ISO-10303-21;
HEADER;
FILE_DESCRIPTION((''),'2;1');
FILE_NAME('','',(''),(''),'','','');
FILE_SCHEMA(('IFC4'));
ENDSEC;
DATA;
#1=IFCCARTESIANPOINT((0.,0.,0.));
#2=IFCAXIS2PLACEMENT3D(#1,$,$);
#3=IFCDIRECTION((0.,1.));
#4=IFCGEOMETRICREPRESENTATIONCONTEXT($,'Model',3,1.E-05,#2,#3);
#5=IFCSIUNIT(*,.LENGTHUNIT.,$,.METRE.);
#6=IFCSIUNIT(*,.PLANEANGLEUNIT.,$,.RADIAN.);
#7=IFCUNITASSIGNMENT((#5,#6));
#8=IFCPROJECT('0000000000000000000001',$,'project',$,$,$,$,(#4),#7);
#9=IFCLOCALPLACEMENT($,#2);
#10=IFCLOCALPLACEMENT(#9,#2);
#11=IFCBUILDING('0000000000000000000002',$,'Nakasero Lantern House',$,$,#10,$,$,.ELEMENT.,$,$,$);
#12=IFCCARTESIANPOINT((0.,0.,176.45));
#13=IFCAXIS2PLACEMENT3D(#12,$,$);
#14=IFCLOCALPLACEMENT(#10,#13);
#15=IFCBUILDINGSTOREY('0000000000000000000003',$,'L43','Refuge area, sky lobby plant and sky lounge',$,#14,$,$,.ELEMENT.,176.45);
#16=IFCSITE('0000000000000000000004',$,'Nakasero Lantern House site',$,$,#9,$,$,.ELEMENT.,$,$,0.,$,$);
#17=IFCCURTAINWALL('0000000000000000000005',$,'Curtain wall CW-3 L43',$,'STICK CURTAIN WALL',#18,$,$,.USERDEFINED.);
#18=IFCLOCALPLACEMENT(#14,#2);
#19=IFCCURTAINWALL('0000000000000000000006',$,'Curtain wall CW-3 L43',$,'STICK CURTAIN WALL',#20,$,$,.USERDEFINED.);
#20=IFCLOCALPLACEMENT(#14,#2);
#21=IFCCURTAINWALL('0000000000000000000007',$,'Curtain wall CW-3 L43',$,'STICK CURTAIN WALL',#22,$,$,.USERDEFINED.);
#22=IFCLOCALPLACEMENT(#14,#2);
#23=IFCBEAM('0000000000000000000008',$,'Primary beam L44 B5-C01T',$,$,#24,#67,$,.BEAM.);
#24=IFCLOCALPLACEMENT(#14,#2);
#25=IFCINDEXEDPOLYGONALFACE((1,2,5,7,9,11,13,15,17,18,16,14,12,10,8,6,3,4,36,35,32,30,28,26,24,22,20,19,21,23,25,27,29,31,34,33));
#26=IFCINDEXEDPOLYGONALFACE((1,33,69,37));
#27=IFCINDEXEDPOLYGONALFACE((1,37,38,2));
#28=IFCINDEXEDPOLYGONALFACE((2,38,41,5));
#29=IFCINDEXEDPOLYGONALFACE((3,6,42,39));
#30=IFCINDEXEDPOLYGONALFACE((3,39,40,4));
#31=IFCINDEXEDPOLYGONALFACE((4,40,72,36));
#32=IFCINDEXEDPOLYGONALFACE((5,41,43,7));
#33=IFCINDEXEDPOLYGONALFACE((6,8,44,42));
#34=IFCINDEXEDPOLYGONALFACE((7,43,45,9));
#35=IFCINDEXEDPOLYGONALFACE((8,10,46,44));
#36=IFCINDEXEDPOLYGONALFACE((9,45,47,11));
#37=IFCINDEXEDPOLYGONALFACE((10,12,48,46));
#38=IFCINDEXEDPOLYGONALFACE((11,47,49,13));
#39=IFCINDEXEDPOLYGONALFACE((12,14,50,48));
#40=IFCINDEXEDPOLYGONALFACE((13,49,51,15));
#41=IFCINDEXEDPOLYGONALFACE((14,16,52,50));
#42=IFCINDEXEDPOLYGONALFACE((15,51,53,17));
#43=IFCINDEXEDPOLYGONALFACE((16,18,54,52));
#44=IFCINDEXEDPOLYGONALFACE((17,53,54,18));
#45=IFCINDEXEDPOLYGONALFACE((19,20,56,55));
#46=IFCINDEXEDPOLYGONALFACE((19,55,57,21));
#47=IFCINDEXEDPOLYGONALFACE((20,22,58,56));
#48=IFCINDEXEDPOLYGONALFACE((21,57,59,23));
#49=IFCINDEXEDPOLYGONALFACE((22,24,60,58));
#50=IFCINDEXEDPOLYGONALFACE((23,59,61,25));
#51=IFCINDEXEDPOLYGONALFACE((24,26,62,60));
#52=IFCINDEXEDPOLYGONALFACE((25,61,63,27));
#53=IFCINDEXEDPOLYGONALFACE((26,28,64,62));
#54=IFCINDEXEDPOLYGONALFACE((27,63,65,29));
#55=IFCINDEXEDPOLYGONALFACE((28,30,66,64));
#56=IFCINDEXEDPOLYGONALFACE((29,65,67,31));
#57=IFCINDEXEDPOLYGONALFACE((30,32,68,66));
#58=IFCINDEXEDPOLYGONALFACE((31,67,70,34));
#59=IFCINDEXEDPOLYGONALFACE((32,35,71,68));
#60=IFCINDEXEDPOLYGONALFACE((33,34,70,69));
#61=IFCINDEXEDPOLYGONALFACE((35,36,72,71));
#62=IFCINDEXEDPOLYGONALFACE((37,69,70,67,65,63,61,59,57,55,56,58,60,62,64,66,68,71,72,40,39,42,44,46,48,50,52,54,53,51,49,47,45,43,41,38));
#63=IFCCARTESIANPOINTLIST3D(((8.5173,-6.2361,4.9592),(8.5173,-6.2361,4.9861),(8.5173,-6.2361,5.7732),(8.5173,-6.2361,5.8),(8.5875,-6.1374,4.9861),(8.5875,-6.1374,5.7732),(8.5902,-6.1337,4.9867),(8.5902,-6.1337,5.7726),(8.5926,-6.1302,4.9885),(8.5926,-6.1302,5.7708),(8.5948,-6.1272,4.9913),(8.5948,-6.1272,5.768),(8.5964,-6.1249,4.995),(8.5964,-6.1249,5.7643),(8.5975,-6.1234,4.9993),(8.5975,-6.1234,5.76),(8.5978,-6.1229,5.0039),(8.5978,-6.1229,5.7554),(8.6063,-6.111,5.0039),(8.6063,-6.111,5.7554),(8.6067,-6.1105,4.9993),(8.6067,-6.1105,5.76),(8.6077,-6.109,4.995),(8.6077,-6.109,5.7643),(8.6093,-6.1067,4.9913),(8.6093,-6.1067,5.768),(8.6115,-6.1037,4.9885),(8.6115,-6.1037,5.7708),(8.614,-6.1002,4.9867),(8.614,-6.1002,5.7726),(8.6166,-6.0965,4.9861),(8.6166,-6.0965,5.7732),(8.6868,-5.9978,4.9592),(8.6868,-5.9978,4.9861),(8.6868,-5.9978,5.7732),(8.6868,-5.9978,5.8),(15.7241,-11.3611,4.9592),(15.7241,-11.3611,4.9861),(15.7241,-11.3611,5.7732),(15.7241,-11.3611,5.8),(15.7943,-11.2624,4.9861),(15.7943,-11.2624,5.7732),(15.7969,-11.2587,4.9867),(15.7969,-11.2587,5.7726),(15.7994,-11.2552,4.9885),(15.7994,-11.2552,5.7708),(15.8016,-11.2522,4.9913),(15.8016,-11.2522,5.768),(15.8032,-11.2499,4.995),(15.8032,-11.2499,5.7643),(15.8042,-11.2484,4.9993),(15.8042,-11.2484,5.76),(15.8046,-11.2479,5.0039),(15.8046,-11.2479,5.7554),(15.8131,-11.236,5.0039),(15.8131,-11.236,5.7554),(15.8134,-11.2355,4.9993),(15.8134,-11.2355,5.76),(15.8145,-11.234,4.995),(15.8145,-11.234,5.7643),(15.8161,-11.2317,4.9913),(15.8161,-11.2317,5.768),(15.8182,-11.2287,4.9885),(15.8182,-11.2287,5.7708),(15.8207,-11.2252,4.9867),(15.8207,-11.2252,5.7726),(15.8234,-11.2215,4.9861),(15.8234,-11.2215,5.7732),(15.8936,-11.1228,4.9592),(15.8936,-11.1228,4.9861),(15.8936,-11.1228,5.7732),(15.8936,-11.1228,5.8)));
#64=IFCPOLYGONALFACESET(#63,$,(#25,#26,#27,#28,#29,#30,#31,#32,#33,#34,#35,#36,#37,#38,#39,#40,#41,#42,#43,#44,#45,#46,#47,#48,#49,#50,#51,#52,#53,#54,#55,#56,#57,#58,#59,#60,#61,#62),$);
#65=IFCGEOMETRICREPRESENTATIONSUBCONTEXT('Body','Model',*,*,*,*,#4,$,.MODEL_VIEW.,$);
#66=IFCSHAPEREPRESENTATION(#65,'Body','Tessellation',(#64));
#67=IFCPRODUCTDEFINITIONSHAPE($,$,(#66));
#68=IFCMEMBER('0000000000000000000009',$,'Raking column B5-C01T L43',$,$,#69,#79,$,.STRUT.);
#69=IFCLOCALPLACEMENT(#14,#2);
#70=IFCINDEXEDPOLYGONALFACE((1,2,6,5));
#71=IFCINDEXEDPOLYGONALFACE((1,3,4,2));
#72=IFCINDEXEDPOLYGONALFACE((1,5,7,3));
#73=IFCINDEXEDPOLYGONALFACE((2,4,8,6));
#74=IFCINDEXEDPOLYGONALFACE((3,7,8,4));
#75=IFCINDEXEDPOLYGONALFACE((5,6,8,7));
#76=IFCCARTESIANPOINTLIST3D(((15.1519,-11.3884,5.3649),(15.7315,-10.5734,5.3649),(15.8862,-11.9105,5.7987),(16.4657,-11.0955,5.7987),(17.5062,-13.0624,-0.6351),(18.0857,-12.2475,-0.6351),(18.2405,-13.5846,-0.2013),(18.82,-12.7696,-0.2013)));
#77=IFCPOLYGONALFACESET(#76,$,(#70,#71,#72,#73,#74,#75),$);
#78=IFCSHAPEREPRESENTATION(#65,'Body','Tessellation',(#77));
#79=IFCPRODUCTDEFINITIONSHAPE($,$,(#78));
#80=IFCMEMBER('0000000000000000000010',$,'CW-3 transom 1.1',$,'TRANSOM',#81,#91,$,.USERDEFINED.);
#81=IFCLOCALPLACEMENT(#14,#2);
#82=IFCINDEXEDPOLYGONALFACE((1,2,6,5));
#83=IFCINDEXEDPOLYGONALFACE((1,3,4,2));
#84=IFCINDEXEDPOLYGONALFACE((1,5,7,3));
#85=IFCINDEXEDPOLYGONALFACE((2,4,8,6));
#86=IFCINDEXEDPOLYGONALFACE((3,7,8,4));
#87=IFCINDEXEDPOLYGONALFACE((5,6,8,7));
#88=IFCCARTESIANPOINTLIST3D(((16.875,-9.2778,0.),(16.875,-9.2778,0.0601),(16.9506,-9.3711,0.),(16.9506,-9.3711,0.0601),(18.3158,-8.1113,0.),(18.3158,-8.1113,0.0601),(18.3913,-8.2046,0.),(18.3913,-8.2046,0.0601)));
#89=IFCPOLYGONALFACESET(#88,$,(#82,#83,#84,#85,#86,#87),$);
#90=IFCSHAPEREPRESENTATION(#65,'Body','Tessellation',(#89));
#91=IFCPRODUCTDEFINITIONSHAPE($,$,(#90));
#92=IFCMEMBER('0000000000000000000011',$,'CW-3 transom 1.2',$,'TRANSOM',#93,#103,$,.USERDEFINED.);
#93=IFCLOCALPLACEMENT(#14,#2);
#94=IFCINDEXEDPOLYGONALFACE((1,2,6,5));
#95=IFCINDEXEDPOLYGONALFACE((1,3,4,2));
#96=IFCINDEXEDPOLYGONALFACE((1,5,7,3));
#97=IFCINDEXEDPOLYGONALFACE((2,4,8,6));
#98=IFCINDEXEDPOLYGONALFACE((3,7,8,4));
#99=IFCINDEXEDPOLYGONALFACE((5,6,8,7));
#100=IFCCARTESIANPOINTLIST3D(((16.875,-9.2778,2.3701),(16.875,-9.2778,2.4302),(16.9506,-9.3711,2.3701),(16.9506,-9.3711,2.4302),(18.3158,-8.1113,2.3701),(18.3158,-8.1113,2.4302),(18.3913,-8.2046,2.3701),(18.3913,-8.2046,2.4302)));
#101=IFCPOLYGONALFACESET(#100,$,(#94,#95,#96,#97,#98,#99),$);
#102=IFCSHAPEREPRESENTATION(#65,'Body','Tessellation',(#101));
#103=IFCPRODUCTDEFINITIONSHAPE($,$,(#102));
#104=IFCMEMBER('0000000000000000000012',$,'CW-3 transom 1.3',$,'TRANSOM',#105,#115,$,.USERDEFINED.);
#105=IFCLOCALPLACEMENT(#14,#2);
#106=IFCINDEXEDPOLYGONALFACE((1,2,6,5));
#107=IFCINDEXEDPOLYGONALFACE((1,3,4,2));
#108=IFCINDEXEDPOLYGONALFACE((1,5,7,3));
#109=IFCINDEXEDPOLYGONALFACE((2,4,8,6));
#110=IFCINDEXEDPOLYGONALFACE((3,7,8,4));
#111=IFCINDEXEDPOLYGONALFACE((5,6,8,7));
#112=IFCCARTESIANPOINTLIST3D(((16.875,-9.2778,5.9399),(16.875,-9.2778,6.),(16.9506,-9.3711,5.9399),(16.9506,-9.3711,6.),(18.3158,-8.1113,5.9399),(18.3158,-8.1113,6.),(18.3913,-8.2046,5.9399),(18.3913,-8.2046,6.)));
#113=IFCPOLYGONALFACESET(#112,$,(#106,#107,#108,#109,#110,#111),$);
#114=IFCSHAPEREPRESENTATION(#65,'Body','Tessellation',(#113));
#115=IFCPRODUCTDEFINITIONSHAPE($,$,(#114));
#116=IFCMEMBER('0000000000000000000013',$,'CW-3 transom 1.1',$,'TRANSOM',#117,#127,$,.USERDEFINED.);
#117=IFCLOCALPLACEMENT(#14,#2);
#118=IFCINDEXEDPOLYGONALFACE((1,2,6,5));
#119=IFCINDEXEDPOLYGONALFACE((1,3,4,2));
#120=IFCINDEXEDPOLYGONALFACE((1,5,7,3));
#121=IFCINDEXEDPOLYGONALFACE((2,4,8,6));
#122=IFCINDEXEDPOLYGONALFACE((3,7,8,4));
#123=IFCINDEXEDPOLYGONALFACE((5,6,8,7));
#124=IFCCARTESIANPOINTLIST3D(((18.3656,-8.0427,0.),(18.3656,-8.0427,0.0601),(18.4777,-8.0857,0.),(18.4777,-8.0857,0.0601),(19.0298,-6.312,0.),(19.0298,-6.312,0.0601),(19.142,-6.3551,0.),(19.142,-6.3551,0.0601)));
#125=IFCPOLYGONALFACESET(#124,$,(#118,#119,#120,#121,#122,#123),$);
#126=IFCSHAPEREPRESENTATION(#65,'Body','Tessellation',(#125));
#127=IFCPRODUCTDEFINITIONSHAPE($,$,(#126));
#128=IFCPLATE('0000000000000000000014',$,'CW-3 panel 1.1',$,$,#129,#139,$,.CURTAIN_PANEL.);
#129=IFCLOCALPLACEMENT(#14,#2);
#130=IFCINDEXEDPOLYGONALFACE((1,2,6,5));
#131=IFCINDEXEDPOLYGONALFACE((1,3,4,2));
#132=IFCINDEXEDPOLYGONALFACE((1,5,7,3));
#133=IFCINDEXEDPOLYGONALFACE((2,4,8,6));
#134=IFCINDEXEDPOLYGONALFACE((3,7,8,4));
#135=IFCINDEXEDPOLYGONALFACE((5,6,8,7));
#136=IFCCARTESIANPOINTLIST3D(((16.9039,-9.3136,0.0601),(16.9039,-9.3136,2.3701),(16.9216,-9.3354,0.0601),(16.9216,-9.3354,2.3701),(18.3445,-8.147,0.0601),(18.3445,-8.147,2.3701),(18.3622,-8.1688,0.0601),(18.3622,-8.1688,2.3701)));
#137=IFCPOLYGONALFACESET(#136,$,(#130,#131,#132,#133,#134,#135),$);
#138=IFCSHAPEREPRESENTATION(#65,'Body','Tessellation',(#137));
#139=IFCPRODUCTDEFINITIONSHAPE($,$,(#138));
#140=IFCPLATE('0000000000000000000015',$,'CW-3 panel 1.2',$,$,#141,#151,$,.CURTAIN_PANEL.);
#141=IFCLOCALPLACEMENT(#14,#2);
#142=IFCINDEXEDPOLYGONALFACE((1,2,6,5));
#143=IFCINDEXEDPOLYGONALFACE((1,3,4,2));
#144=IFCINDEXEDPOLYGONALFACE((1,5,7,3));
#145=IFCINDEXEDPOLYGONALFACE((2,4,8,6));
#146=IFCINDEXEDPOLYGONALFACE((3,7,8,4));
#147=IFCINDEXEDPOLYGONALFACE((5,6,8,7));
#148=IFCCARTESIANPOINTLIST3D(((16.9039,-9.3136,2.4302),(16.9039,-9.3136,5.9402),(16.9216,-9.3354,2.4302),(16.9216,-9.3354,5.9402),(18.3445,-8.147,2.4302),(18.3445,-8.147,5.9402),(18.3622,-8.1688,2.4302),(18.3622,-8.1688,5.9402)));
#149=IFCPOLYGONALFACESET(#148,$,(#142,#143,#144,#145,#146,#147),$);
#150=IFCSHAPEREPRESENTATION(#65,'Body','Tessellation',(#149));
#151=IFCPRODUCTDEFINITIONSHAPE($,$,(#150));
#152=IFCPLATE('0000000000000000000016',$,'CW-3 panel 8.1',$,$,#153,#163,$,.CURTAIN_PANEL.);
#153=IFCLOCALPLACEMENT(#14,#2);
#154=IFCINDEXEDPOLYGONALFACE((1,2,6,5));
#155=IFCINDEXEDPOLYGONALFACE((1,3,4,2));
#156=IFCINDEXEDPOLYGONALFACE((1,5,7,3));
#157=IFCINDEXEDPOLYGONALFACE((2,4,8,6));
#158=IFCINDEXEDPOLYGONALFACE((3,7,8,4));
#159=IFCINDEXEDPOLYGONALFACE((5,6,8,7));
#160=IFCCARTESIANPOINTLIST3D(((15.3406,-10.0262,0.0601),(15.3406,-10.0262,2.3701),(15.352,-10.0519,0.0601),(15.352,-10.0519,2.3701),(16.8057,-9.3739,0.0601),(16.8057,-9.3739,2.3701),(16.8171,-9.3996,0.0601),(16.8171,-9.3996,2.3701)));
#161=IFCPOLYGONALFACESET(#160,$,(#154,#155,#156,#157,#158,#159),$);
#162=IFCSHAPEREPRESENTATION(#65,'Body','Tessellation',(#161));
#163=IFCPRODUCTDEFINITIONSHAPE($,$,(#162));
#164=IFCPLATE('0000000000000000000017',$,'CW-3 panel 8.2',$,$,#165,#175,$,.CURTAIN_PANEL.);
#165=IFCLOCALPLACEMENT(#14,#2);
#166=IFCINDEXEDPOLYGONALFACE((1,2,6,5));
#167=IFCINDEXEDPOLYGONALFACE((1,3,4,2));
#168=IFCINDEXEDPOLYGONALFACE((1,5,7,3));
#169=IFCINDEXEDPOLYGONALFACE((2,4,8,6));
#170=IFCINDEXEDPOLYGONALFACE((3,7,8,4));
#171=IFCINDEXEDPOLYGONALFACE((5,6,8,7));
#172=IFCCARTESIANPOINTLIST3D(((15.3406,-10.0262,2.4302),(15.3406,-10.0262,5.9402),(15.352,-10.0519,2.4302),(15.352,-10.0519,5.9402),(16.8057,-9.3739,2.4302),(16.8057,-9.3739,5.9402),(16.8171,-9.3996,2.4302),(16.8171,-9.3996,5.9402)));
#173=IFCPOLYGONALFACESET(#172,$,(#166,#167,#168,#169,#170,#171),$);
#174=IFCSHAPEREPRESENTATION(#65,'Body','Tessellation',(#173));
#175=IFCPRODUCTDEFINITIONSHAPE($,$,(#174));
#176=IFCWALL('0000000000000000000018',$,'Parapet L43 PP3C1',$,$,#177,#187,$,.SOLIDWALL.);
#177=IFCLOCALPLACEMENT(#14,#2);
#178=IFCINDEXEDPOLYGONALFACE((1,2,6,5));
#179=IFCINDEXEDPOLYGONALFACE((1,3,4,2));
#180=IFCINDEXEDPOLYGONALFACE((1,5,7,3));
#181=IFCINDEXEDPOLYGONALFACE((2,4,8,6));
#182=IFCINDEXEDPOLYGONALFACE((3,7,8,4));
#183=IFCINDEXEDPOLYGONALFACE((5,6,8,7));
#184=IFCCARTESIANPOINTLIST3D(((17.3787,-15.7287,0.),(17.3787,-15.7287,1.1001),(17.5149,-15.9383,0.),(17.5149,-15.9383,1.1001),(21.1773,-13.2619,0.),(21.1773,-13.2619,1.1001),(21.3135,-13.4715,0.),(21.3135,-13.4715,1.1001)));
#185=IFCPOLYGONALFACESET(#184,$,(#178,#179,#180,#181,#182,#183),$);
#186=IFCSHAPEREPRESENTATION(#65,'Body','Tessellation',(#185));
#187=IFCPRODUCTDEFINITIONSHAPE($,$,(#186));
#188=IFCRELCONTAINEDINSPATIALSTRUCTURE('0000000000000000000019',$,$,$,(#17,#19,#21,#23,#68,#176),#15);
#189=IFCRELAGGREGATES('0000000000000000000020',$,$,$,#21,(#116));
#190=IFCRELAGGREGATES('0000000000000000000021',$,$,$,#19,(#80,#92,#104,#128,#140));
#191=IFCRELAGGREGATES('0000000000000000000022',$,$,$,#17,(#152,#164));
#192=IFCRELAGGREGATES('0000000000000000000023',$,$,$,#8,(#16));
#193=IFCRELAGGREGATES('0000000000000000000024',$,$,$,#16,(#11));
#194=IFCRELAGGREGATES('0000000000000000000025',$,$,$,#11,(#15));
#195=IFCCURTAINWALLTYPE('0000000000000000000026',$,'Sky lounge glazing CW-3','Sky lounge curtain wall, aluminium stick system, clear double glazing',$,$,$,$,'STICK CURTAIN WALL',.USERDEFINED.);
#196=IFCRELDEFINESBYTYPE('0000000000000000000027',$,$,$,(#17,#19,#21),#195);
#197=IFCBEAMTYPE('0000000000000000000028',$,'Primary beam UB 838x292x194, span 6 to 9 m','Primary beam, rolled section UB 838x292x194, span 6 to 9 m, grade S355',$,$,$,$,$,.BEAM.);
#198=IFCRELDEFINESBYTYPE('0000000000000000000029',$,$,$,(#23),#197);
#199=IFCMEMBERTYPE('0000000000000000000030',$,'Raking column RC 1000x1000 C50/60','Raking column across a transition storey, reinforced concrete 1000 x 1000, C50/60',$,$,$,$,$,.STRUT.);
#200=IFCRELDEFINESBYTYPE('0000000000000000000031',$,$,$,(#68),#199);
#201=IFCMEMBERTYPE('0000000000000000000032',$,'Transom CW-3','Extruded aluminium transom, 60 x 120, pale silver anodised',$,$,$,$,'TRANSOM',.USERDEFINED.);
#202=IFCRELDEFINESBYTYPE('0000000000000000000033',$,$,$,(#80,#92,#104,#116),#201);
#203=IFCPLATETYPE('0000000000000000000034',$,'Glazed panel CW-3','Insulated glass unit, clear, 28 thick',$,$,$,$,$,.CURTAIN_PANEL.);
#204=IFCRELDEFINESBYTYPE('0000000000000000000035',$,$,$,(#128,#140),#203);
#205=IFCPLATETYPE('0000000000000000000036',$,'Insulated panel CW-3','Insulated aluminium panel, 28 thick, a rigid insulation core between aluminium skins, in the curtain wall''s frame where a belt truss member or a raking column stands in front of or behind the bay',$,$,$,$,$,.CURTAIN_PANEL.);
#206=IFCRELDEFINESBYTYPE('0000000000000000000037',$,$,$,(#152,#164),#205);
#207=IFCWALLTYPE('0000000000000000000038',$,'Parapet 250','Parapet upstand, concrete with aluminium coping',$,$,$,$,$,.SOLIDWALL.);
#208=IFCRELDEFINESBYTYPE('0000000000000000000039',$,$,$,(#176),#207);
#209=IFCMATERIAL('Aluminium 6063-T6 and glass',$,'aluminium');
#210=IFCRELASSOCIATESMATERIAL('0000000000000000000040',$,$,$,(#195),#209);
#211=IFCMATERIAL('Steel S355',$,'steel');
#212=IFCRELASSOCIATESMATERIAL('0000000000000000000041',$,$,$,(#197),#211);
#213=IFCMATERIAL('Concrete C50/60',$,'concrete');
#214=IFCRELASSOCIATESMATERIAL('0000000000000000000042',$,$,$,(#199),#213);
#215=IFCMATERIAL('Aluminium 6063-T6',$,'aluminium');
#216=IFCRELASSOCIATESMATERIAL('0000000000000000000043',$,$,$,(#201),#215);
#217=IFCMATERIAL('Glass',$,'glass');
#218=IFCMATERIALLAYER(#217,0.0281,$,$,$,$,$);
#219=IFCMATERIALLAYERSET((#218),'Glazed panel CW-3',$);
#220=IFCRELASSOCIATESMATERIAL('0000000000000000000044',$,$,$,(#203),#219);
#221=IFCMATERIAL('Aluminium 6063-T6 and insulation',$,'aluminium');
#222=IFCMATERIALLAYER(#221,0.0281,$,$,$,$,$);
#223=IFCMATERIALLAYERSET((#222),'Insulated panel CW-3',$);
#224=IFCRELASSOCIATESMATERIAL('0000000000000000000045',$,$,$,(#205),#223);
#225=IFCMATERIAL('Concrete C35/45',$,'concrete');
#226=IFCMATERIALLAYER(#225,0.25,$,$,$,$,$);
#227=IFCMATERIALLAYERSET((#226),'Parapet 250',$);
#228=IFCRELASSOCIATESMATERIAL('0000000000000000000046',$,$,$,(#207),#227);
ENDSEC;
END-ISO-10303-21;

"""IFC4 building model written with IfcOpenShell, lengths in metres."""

from ifc_helpers import new_model, si_unit, direction, frame, frame_2d, origin, origin_2d, place, context, subcontext, project, spatial, rectangle, i_section, extrude, material, layer, layer_set, material_profile, profile_set, type_object, element, aggregate, save


model = new_model("IFC4")

# Units and contexts
model_context = context("Model", 3, precision=1e-05, world=origin(), true_north=direction((0.0, 1.0)))
body_context = subcontext(model_context, "Body", "Model", "MODEL_VIEW")
ifc_project = project(units=[si_unit("LENGTHUNIT", "METRE"), si_unit("PLANEANGLEUNIT", "RADIAN")], contexts=[model_context])

# Site, building, storey
site_placement = place(None, origin())
site = spatial("IfcSite", under=ifc_project, at=site_placement, Name="Nakasero Lantern House site", CompositionType="ELEMENT", RefElevation=0.0)
building_placement = place(site_placement, origin())
building = spatial("IfcBuilding", under=site, at=building_placement, Name="Nakasero Lantern House", CompositionType="ELEMENT")
storey_placement = place(building_placement, frame((0.0, 0.0, 176.45)))
storey = spatial("IfcBuildingStorey", under=building, at=storey_placement, Name="L43", Description="Refuge area, sky lobby plant and sky lounge", CompositionType="ELEMENT", Elevation=176.45)

# Curtain wall
ifc_material_1 = material(Name="Aluminium 6063-T6 and glass", Category="aluminium")
curtain_wall_type = type_object("IfcCurtainWallType", Name="Sky lounge glazing CW-3", Description="Sky lounge curtain wall, aluminium stick system, clear double glazing", ElementType="STICK CURTAIN WALL", PredefinedType="USERDEFINED", material=ifc_material_1)
curtain_wall_1_placement = place(storey_placement, origin())
curtain_wall_1 = element("IfcCurtainWall", 1, at=curtain_wall_1_placement, inside=storey, type_object=curtain_wall_type, Name="Curtain wall CW-3 L43", ObjectType="STICK CURTAIN WALL", PredefinedType="USERDEFINED")

# Curtain wall
curtain_wall_2_placement = place(storey_placement, origin())
curtain_wall_2 = element("IfcCurtainWall", 2, at=curtain_wall_2_placement, inside=storey, type_object=curtain_wall_type, Name="Curtain wall CW-3 L43", ObjectType="STICK CURTAIN WALL", PredefinedType="USERDEFINED")

# Curtain wall
curtain_wall_3_placement = place(storey_placement, origin())
curtain_wall_3 = element("IfcCurtainWall", 3, at=curtain_wall_3_placement, inside=storey, type_object=curtain_wall_type, Name="Curtain wall CW-3 L43", ObjectType="STICK CURTAIN WALL", PredefinedType="USERDEFINED")

# Beam
ifc_material_2 = material(Name="Steel S355", Category="steel")
ifc_material_profile_1 = material_profile(ifc_material_2, i_section(OverallWidth=0.2925, OverallDepth=0.8408, WebThickness=0.0146, FlangeThickness=0.0269, FilletRadius=0.0178, at=origin_2d()), Name="UB 838x292x194")
ifc_profile_set_1 = profile_set([ifc_material_profile_1], Name="Steel S355")
beam_type = type_object("IfcBeamType", Name="Primary beam UB 838x292x194, span 6 to 9 m", Description="Primary beam, rolled section UB 838x292x194, span 6 to 9 m, grade S355", PredefinedType="BEAM", material=ifc_profile_set_1)
beam_placement = place(storey_placement, frame((15.8088, -11.2419, 5.3796), z_axis=(-0.814946, 0.579537, 0.0), x_axis=(-0.579537, -0.814946, 0.0)))
element("IfcBeam", 4, at=beam_placement, inside=storey, type_object=beam_type, Name="Primary beam L44 B5-C01T", PredefinedType="BEAM", context=body_context, shape_type="SweptSolid", body=[
    extrude(i_section(OverallWidth=0.2925, OverallDepth=0.8408, WebThickness=0.0146, FlangeThickness=0.0269, FilletRadius=0.0178, at=origin_2d()), origin(), (0.0, 0.0, 1.0), 8.8433),
])

# Members
ifc_material_3 = material(Name="Concrete C50/60", Category="concrete")
ifc_material_profile_2 = material_profile(ifc_material_3, rectangle(XDim=1.0, YDim=1.0, at=origin_2d()), Name="RC 1000x1000")
ifc_profile_set_2 = profile_set([ifc_material_profile_2], Name="Concrete C50/60")
member_type_1 = type_object("IfcMemberType", Name="Raking column RC 1000x1000 C50/60", Description="Raking column across a transition storey, reinforced concrete 1000 x 1000, C50/60", PredefinedType="STRUT", material=ifc_profile_set_2)
member_1_placement = place(storey_placement, frame((18.1631, -12.916, -0.4182), z_axis=(-0.353533, 0.251392, 0.901009), x_axis=(-0.57951, -0.814965, 0.0)))
element("IfcMember", 5, at=member_1_placement, inside=storey, type_object=member_type_1, Name="Raking column B5-C01T L43", PredefinedType="STRUT", context=body_context, shape_type="SweptSolid", body=[
    extrude(rectangle(XDim=1.0, YDim=1.0, at=origin_2d()), origin(), (0.0, 0.0, 1.0), 6.6592),
])
ifc_material_4 = material(Name="Aluminium 6063-T6", Category="aluminium")
ifc_material_profile_3 = material_profile(ifc_material_4, rectangle(XDim=0.0601, YDim=0.1201, at=origin_2d()), Name="CW-3 transom 60x120")
ifc_profile_set_3 = profile_set([ifc_material_profile_3], Name="Aluminium 6063-T6")
member_type_2 = type_object("IfcMemberType", Name="Transom CW-3", Description="Extruded aluminium transom, 60 x 120, pale silver anodised", ElementType="TRANSOM", PredefinedType="USERDEFINED", material=ifc_profile_set_3)
member_2_placement = place(storey_placement, frame((16.9128, -9.3245, 0.03), z_axis=(0.77718, 0.629278, 0.0), x_axis=(0.0, 0.0, 1.0)))
member_2 = element("IfcMember", 6, at=member_2_placement, type_object=member_type_2, Name="CW-3 transom 1.1", ObjectType="TRANSOM", PredefinedType="USERDEFINED", context=body_context, shape_type="SweptSolid", body=[
    extrude(rectangle(XDim=0.0601, YDim=0.1201, at=origin_2d()), origin(), (0.0, 0.0, 1.0), 1.8538),
])
member_3_placement = place(storey_placement, frame((16.9128, -9.3245, 2.4001), z_axis=(0.77718, 0.629278, 0.0), x_axis=(0.0, 0.0, 1.0)))
member_3 = element("IfcMember", 7, at=member_3_placement, type_object=member_type_2, Name="CW-3 transom 1.2", ObjectType="TRANSOM", PredefinedType="USERDEFINED", context=body_context, shape_type="SweptSolid", body=[
    extrude(rectangle(XDim=0.0601, YDim=0.1201, at=origin_2d()), origin(), (0.0, 0.0, 1.0), 1.8538),
])
member_4_placement = place(storey_placement, frame((16.9128, -9.3245, 5.97), z_axis=(0.77718, 0.629278, 0.0), x_axis=(0.0, 0.0, 1.0)))
member_4 = element("IfcMember", 8, at=member_4_placement, type_object=member_type_2, Name="CW-3 transom 1.3", ObjectType="TRANSOM", PredefinedType="USERDEFINED", context=body_context, shape_type="SweptSolid", body=[
    extrude(rectangle(XDim=0.0601, YDim=0.1201, at=origin_2d()), origin(), (0.0, 0.0, 1.0), 1.8538),
])
member_5_placement = place(storey_placement, frame((18.4216, -8.0642, 0.03), z_axis=(0.358344, 0.93359, 0.0), x_axis=(0.0, 0.0, 1.0)))
member_5 = element("IfcMember", 9, at=member_5_placement, type_object=member_type_2, Name="CW-3 transom 1.1", ObjectType="TRANSOM", PredefinedType="USERDEFINED", context=body_context, shape_type="SweptSolid", body=[
    extrude(rectangle(XDim=0.0601, YDim=0.1201, at=origin_2d()), origin(), (0.0, 0.0, 1.0), 1.8538),
])
aggregate(curtain_wall_3, [member_5])

# Plates
ifc_material_5 = material(Name="Glass", Category="glass")
ifc_layer_1 = layer(ifc_material_5, 0.0281)
ifc_layer_set_1 = layer_set([ifc_layer_1], Name="Glazed panel CW-3")
plate_type_1 = type_object("IfcPlateType", Name="Glazed panel CW-3", Description="Insulated glass unit, clear, 28 thick", PredefinedType="CURTAIN_PANEL", material=ifc_layer_set_1)
plate_1_placement = place(storey_placement, frame((17.6331, -8.7412, 0.0601), z_axis=(0.0, 0.0, 1.0), x_axis=(0.777146, 0.62932, 0.0)))
plate_1 = element("IfcPlate", 10, at=plate_1_placement, type_object=plate_type_1, Name="CW-3 panel 1.1", PredefinedType="CURTAIN_PANEL", context=body_context, shape_type="SweptSolid", body=[
    extrude(rectangle(XDim=1.8538, YDim=0.0281, at=origin_2d()), origin(), (0.0, 0.0, 1.0), 2.3101),
])
plate_2_placement = place(storey_placement, frame((17.6331, -8.7412, 2.4302), z_axis=(0.0, 0.0, 1.0), x_axis=(0.777146, 0.62932, 0.0)))
plate_2 = element("IfcPlate", 11, at=plate_2_placement, type_object=plate_type_1, Name="CW-3 panel 1.2", PredefinedType="CURTAIN_PANEL", context=body_context, shape_type="SweptSolid", body=[
    extrude(rectangle(XDim=1.8538, YDim=0.0281, at=origin_2d()), origin(), (0.0, 0.0, 1.0), 3.51),
])
aggregate(curtain_wall_2, [member_2, member_3, member_4, plate_1, plate_2])
ifc_material_6 = material(Name="Aluminium 6063-T6 and insulation", Category="aluminium")
ifc_layer_2 = layer(ifc_material_6, 0.0281)
ifc_layer_set_2 = layer_set([ifc_layer_2], Name="Insulated panel CW-3")
plate_type_2 = type_object("IfcPlateType", Name="Insulated panel CW-3", Description="Insulated aluminium panel, 28 thick, a rigid insulation core between aluminium skins, in the curtain wall's frame where a belt truss member or a raking column stands in front of or behind the bay", PredefinedType="CURTAIN_PANEL", material=ifc_layer_set_2)
plate_3_placement = place(storey_placement, frame((16.0789, -9.7129, 0.0601), z_axis=(0.0, 0.0, 1.0), x_axis=(0.913545, 0.406737, 0.0)))
plate_3 = element("IfcPlate", 12, at=plate_3_placement, type_object=plate_type_2, Name="CW-3 panel 8.1", PredefinedType="CURTAIN_PANEL", context=body_context, shape_type="SweptSolid", body=[
    extrude(rectangle(XDim=1.6038, YDim=0.0281, at=origin_2d()), origin(), (0.0, 0.0, 1.0), 2.3101),
])
plate_4_placement = place(storey_placement, frame((16.0789, -9.7129, 2.4302), z_axis=(0.0, 0.0, 1.0), x_axis=(0.913545, 0.406737, 0.0)))
plate_4 = element("IfcPlate", 13, at=plate_4_placement, type_object=plate_type_2, Name="CW-3 panel 8.2", PredefinedType="CURTAIN_PANEL", context=body_context, shape_type="SweptSolid", body=[
    extrude(rectangle(XDim=1.6038, YDim=0.0281, at=origin_2d()), origin(), (0.0, 0.0, 1.0), 3.51),
])
aggregate(curtain_wall_1, [plate_3, plate_4])

# Wall
ifc_material_7 = material(Name="Concrete C35/45", Category="concrete")
ifc_layer_3 = layer(ifc_material_7, 0.25)
ifc_layer_set_3 = layer_set([ifc_layer_3], Name="Parapet 250")
wall_type = type_object("IfcWallType", Name="Parapet 250", Description="Parapet upstand, concrete with aluminium coping", PredefinedType="SOLIDWALL", material=ifc_layer_set_3)
for number, where, z_axis, x_axis, name in (
    (14, (17.4468, -15.8335, 0.0), (0.0, 0.0, 1.0), (0.838674, 0.544634, 0.0), "Parapet L43 PP3C1"),
):
    element("IfcWall", number, at=place(storey_placement, frame(where, z_axis=z_axis, x_axis=x_axis)), inside=storey, type_object=wall_type, Name=name, PredefinedType="SOLIDWALL", context=body_context, shape_type="SweptSolid", body=[
        extrude(rectangle(XDim=4.5293, YDim=0.25, at=frame_2d((2.2646, 0.0))), origin(), (0.0, 0.0, 1.0), 1.1001),
    ])

save(model, "model.ifc")
